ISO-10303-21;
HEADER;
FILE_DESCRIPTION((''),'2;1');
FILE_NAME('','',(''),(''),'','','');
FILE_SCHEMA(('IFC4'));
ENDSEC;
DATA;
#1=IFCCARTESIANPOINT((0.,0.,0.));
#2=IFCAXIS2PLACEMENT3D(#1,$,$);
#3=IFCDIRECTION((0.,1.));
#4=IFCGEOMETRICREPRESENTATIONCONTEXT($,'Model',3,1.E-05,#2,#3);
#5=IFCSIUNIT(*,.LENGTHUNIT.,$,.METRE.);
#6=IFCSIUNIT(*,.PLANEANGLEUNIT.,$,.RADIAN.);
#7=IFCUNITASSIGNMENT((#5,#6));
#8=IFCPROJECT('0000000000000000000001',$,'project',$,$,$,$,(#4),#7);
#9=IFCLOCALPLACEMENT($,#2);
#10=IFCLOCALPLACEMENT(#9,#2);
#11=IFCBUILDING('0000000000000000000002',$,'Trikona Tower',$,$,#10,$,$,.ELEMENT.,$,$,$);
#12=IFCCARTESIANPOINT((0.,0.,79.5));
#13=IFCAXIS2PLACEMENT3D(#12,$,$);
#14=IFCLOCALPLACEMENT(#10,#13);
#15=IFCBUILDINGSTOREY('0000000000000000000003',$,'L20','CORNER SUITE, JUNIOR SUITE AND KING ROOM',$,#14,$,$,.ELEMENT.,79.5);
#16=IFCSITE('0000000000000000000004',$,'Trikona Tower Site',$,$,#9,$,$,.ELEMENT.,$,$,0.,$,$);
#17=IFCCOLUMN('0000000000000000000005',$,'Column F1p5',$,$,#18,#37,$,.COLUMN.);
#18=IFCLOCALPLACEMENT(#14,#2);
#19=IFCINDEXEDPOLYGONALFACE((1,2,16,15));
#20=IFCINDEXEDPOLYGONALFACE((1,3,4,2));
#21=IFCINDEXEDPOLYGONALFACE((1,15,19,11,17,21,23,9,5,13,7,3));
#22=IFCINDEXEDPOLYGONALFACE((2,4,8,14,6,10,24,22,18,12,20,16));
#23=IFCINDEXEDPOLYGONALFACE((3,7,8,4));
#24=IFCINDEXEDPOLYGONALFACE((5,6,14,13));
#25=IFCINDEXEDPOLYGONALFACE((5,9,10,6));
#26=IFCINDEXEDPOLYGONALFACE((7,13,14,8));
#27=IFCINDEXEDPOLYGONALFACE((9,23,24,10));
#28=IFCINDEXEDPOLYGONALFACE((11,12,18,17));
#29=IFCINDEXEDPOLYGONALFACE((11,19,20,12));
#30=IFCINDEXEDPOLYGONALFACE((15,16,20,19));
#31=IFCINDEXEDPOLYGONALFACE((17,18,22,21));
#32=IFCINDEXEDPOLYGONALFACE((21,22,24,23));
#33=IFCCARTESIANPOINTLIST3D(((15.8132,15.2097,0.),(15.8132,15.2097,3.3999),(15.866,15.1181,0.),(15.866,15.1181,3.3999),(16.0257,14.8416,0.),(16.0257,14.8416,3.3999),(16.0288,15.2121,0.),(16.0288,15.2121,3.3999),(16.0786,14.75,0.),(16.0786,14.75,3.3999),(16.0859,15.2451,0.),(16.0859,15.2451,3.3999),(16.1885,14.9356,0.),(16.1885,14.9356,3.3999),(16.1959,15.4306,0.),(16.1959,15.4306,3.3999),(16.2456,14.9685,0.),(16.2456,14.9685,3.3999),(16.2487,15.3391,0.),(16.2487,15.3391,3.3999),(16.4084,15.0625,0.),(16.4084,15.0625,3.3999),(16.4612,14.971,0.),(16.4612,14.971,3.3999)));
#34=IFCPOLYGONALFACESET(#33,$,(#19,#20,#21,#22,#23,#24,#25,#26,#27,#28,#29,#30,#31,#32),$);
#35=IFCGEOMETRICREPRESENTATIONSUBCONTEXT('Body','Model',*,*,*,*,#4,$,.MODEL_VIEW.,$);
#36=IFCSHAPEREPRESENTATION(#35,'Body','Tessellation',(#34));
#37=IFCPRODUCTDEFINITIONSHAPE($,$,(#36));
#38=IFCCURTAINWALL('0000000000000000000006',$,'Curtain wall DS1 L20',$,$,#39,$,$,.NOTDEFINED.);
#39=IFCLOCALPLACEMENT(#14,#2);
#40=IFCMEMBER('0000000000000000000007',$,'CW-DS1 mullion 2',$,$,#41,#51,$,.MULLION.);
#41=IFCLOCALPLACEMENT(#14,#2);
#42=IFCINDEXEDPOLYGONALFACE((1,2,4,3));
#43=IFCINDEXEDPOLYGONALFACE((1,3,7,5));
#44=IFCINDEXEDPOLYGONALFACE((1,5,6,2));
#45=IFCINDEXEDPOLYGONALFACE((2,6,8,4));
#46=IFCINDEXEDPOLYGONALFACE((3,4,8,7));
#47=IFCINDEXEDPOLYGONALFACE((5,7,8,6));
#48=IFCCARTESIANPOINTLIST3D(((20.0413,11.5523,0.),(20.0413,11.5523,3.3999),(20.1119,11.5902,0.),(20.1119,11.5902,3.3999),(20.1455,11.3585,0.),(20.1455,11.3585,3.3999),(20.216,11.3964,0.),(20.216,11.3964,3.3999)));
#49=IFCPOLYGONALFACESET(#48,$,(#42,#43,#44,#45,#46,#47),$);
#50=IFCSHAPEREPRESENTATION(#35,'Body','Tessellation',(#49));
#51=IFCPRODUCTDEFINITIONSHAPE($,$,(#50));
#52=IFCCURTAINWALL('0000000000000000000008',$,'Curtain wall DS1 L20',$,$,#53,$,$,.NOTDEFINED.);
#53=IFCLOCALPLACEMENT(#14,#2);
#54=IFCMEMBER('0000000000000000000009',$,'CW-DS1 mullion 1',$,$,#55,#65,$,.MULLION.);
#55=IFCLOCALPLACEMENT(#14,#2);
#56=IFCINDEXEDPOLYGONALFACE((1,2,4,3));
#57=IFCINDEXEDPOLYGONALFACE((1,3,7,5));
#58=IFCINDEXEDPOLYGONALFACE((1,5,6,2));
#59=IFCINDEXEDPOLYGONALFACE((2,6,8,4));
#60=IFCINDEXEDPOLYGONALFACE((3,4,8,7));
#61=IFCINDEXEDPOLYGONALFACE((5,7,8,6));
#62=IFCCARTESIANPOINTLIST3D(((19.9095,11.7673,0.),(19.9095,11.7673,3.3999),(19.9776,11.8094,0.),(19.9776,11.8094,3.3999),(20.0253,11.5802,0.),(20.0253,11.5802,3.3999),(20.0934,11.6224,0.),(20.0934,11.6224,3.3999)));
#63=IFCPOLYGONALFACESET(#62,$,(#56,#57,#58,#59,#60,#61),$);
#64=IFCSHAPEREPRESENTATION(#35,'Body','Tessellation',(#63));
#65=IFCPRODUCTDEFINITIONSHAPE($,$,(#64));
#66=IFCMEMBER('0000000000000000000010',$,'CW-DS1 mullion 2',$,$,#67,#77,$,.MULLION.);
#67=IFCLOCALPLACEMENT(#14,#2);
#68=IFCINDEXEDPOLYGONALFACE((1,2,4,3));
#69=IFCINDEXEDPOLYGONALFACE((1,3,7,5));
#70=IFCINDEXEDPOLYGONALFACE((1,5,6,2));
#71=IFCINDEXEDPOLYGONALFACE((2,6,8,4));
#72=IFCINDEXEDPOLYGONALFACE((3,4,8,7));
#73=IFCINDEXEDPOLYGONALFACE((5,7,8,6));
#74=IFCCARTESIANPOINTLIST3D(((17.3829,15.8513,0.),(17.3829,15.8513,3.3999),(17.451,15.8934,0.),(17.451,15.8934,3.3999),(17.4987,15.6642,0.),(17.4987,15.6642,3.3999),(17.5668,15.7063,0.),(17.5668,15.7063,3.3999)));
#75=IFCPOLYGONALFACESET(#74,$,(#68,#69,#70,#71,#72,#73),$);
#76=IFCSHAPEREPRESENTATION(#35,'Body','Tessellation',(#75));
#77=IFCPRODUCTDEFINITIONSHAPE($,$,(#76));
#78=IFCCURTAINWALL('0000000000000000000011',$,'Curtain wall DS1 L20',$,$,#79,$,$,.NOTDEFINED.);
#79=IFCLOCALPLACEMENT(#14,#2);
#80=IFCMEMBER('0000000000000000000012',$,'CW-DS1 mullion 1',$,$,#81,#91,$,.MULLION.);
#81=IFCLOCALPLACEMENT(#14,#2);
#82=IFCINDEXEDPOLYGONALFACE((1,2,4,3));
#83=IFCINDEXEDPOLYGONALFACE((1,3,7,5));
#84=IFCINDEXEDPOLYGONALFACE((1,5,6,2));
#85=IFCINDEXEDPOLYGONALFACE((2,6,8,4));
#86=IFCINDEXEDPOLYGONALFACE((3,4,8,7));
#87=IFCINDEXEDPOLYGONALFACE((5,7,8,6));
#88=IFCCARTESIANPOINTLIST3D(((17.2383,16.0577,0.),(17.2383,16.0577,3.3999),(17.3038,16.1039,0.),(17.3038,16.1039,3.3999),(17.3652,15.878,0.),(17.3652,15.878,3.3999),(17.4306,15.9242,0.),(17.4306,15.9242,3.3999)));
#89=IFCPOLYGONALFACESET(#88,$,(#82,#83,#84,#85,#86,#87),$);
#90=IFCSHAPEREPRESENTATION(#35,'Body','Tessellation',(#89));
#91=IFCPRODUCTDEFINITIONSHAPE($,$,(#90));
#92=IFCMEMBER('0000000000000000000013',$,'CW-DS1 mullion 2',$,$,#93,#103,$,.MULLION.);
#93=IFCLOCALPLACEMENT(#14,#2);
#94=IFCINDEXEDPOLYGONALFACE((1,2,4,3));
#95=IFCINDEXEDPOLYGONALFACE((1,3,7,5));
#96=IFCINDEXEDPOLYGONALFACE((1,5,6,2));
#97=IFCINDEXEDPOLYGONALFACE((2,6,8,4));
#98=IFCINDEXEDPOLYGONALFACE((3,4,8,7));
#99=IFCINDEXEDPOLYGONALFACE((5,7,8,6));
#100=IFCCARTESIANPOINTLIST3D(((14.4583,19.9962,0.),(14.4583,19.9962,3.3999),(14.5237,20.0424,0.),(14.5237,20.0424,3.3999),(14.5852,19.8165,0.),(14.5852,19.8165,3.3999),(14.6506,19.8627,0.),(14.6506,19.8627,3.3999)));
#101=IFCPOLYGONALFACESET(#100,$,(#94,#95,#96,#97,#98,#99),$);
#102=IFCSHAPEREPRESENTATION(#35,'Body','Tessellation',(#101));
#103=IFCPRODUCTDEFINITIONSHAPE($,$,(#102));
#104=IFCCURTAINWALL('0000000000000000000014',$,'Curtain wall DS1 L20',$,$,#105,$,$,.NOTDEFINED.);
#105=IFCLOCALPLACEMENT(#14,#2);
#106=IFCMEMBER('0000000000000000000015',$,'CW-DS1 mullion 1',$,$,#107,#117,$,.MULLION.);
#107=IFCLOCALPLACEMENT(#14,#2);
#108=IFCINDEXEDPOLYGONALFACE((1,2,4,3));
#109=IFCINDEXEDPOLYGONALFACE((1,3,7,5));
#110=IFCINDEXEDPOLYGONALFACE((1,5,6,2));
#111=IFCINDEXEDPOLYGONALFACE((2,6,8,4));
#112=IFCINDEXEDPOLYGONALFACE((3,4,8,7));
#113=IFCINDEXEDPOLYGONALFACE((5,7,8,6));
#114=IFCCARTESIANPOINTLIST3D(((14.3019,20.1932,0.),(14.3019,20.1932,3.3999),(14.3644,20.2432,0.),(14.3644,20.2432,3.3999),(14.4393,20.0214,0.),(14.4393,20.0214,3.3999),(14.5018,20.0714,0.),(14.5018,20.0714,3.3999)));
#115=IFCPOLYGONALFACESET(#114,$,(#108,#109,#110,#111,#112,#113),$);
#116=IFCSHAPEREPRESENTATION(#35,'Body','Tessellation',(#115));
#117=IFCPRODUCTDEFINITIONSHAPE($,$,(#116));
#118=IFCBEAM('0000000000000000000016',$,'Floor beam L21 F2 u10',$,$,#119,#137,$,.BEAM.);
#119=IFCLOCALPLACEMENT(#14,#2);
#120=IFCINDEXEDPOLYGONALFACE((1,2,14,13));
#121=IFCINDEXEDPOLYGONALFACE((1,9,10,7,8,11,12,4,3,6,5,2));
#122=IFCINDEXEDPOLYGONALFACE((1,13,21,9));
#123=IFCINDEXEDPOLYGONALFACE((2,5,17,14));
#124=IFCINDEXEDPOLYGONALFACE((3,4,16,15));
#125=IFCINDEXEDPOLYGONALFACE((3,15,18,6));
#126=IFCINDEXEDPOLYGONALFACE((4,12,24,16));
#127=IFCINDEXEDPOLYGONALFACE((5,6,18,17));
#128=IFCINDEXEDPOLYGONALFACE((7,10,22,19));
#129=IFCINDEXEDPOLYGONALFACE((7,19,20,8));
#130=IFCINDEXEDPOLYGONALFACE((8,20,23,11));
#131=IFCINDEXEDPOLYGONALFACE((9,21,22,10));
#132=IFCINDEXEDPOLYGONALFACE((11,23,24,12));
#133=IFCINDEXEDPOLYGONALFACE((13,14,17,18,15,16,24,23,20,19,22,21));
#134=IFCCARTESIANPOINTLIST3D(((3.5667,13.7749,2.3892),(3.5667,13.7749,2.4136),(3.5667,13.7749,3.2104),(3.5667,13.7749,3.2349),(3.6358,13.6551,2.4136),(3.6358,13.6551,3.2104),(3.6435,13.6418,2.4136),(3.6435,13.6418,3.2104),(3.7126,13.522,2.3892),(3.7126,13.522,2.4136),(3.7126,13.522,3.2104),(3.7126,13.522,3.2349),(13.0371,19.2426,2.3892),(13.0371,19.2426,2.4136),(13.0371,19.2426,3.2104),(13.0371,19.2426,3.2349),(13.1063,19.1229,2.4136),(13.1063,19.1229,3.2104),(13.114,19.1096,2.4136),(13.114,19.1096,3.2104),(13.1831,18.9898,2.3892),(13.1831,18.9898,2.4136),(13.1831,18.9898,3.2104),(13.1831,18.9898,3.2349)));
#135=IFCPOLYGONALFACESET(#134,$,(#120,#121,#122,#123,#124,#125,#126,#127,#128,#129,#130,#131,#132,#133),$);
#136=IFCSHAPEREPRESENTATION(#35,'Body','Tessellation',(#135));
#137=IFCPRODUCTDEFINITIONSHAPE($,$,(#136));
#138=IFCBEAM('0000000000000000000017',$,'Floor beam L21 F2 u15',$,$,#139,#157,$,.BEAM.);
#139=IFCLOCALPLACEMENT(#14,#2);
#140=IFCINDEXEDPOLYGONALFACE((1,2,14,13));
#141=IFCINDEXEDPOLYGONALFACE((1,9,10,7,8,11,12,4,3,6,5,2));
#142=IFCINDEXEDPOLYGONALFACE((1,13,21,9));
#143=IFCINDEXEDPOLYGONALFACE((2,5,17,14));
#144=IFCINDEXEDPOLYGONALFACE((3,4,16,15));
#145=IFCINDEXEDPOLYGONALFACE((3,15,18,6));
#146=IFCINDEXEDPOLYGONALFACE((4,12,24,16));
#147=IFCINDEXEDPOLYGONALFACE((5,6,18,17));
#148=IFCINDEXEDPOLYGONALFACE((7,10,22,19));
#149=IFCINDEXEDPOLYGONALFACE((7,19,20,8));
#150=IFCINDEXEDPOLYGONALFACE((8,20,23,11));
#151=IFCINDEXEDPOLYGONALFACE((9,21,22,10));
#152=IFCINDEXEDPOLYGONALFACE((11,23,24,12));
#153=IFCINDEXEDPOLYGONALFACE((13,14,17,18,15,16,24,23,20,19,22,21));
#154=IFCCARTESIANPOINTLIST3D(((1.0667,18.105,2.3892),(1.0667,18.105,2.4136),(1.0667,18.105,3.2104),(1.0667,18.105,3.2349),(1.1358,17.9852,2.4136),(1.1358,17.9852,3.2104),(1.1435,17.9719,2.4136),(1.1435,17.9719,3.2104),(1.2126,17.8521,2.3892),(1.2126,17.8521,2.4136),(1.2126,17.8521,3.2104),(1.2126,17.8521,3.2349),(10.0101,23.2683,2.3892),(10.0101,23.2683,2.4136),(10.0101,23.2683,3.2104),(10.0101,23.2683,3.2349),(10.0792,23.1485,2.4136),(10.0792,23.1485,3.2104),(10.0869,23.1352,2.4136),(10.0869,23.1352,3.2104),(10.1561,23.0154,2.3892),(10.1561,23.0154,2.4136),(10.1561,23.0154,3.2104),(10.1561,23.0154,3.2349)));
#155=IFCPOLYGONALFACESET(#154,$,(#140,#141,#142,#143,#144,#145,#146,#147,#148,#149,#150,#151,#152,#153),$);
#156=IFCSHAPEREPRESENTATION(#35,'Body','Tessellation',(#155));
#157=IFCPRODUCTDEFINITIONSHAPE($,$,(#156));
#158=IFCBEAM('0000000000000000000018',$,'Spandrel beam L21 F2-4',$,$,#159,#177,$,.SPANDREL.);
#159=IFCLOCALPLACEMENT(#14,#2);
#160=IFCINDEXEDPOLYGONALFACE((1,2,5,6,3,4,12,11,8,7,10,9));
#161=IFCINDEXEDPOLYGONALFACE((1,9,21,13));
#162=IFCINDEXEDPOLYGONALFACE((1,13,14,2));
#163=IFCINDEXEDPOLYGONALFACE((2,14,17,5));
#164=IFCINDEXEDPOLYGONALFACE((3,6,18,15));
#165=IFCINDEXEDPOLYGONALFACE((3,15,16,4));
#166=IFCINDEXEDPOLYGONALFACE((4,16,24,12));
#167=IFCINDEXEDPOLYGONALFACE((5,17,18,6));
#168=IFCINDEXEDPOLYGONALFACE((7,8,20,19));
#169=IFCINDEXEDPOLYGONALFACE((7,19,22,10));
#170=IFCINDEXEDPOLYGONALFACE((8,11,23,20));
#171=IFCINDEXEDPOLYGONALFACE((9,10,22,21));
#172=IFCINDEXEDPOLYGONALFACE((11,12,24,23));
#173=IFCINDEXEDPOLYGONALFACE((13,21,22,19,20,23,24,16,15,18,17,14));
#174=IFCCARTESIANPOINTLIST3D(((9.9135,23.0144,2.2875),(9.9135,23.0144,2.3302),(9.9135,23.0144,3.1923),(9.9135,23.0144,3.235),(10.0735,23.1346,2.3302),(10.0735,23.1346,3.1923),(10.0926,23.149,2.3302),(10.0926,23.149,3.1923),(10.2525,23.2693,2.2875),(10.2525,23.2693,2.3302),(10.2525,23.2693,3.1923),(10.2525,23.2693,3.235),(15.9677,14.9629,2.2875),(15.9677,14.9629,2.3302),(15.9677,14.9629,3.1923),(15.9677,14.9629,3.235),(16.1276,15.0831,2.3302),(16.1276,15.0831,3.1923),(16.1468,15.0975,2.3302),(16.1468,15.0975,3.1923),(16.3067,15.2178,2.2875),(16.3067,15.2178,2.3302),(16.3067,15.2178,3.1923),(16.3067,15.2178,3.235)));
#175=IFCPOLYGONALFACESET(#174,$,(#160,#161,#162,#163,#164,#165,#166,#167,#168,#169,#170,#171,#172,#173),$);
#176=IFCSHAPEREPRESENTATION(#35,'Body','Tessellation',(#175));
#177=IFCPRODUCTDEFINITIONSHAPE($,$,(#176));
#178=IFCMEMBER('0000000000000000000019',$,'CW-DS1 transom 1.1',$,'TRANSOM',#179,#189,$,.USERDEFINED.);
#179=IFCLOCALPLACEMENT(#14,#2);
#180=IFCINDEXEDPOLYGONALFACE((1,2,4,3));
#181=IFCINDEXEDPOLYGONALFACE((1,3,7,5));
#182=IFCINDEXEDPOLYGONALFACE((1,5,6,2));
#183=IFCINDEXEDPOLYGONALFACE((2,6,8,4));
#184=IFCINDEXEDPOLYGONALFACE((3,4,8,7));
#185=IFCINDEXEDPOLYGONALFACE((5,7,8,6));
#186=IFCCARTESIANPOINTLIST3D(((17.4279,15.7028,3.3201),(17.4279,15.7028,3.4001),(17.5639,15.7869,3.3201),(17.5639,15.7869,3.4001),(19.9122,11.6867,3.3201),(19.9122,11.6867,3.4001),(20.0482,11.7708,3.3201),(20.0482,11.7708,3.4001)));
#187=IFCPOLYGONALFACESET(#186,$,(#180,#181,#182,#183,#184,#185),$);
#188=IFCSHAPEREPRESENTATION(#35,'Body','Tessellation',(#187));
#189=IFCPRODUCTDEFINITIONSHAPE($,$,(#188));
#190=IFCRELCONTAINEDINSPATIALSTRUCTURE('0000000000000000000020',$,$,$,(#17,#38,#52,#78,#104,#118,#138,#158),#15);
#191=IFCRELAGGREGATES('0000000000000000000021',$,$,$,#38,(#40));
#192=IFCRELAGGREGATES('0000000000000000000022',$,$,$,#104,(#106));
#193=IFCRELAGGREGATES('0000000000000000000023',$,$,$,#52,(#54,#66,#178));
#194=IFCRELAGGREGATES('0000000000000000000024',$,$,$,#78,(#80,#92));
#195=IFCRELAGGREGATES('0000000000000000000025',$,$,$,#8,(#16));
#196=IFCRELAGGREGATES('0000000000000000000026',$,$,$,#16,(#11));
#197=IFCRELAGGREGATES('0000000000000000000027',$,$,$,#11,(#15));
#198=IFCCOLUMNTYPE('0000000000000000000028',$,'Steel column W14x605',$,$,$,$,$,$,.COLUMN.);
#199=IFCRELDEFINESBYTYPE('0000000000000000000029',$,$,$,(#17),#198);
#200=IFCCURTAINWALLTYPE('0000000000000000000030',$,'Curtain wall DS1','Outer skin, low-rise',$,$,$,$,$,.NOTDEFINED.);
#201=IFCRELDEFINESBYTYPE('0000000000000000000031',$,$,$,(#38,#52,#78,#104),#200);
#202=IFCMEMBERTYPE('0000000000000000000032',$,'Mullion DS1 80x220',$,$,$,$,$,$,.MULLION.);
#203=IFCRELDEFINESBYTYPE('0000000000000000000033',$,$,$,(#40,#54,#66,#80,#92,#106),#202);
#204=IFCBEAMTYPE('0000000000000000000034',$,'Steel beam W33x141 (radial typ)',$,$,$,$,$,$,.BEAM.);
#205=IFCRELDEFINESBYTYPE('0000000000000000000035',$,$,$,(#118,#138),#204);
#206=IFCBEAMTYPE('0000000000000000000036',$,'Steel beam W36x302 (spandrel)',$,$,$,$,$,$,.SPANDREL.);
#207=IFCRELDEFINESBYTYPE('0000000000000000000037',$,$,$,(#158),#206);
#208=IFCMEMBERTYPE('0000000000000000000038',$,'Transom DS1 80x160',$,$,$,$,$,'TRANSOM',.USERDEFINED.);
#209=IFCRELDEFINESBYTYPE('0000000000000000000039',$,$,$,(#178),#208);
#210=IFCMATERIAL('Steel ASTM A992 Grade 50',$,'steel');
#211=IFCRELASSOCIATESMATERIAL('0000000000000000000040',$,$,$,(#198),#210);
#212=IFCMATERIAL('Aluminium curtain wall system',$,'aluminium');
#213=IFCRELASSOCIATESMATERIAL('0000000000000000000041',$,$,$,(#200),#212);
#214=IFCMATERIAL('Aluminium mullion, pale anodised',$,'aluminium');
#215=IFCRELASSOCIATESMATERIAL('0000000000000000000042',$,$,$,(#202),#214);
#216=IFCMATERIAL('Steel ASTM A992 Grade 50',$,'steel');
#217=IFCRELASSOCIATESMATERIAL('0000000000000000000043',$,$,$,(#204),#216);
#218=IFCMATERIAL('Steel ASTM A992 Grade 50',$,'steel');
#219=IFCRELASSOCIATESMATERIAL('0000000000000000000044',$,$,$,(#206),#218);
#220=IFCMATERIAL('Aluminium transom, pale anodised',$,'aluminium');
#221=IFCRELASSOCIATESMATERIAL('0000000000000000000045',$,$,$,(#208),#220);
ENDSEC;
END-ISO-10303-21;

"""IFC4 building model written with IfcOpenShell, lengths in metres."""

from ifc_helpers import new_model, si_unit, direction, frame, origin, origin_2d, place, context, subcontext, project, spatial, rectangle, i_section, extrude, material, material_profile, profile_set, type_object, element, aggregate, save


model = new_model("IFC4")

# Units and contexts
model_context = context("Model", 3, precision=1e-05, world=origin(), true_north=direction((0.0, 1.0)))
body_context = subcontext(model_context, "Body", "Model", "MODEL_VIEW")
ifc_project = project(units=[si_unit("LENGTHUNIT", "METRE"), si_unit("PLANEANGLEUNIT", "RADIAN")], contexts=[model_context])

# Site, building, storey
site_placement = place(None, origin())
site = spatial("IfcSite", under=ifc_project, at=site_placement, Name="Trikona Tower Site", CompositionType="ELEMENT", RefElevation=0.0)
building_placement = place(site_placement, origin())
building = spatial("IfcBuilding", under=site, at=building_placement, Name="Trikona Tower", CompositionType="ELEMENT")
storey_placement = place(building_placement, frame((0.0, 0.0, 79.5)))
storey = spatial("IfcBuildingStorey", under=building, at=storey_placement, Name="L20", Description="CORNER SUITE, JUNIOR SUITE AND KING ROOM", CompositionType="ELEMENT", Elevation=79.5)

# Column
ifc_material_1 = material(Name="Steel ASTM A992 Grade 50", Category="steel")
ifc_material_profile_1 = material_profile(ifc_material_1, i_section(OverallWidth=0.4419, OverallDepth=0.5308, WebThickness=0.0659, FlangeThickness=0.1057, at=origin_2d()), Name="W14X605")
ifc_profile_set_1 = profile_set([ifc_material_profile_1], Name="Steel ASTM A992 Grade 50")
column_type = type_object("IfcColumnType", Name="Steel column W14x605", PredefinedType="COLUMN", material=ifc_profile_set_1)
column_placement = place(storey_placement, frame((16.1372, 15.0903, 0.0), z_axis=(0.0, 0.0, 1.0), x_axis=(0.866025, 0.5, 0.0)))
element("IfcColumn", 1, at=column_placement, inside=storey, type_object=column_type, Name="Column F1p5", PredefinedType="COLUMN", context=body_context, shape_type="SweptSolid", body=[
    extrude(i_section(OverallWidth=0.4419, OverallDepth=0.5308, WebThickness=0.0659, FlangeThickness=0.1057, at=origin_2d()), origin(), (0.0, 0.0, 1.0), 3.3999),
])

# Curtain wall, member
ifc_material_2 = material(Name="Aluminium curtain wall system", Category="aluminium")
curtain_wall_type = type_object("IfcCurtainWallType", Name="Curtain wall DS1", Description="Outer skin, low-rise", PredefinedType="NOTDEFINED", material=ifc_material_2)
curtain_wall_1_placement = place(storey_placement, origin())
curtain_wall_1 = element("IfcCurtainWall", 2, at=curtain_wall_1_placement, inside=storey, type_object=curtain_wall_type, Name="Curtain wall DS1 L20", PredefinedType="NOTDEFINED")
ifc_material_3 = material(Name="Aluminium mullion, pale anodised", Category="aluminium")
ifc_material_profile_2 = material_profile(ifc_material_3, rectangle(XDim=0.0801, YDim=0.22, at=origin_2d()), Name="MUL-DS1")
ifc_profile_set_2 = profile_set([ifc_material_profile_2], Name="Aluminium mullion, pale anodised")
member_type_1 = type_object("IfcMemberType", Name="Mullion DS1 80x220", PredefinedType="MULLION", material=ifc_profile_set_2)
member_1_placement = place(storey_placement, frame((20.1287, 11.4744, 0.0), z_axis=(0.0, 0.0, 1.0), x_axis=(-0.880843, -0.473408, 0.0)))
member_1 = element("IfcMember", 3, at=member_1_placement, type_object=member_type_1, Name="CW-DS1 mullion 2", PredefinedType="MULLION", context=body_context, shape_type="SweptSolid", body=[
    extrude(rectangle(XDim=0.0801, YDim=0.22, at=origin_2d()), origin(), (0.0, 0.0, 1.0), 3.3999),
])
aggregate(curtain_wall_1, [member_1])

# Curtain walls, members
curtain_wall_2_placement = place(storey_placement, origin())
curtain_wall_2 = element("IfcCurtainWall", 4, at=curtain_wall_2_placement, inside=storey, type_object=curtain_wall_type, Name="Curtain wall DS1 L20", PredefinedType="NOTDEFINED")
member_2_placement = place(storey_placement, frame((20.0015, 11.6948, 0.0), z_axis=(0.0, 0.0, 1.0), x_axis=(-0.85041, -0.52612, 0.0)))
member_2 = element("IfcMember", 5, at=member_2_placement, type_object=member_type_1, Name="CW-DS1 mullion 1", PredefinedType="MULLION", context=body_context, shape_type="SweptSolid", body=[
    extrude(rectangle(XDim=0.0801, YDim=0.22, at=origin_2d()), origin(), (0.0, 0.0, 1.0), 3.3999),
])
member_3_placement = place(storey_placement, frame((17.4749, 15.7788, 0.0), z_axis=(0.0, 0.0, 1.0), x_axis=(-0.85041, -0.52612, 0.0)))
member_3 = element("IfcMember", 6, at=member_3_placement, type_object=member_type_1, Name="CW-DS1 mullion 2", PredefinedType="MULLION", context=body_context, shape_type="SweptSolid", body=[
    extrude(rectangle(XDim=0.0801, YDim=0.22, at=origin_2d()), origin(), (0.0, 0.0, 1.0), 3.3999),
])
curtain_wall_3_placement = place(storey_placement, origin())
curtain_wall_3 = element("IfcCurtainWall", 7, at=curtain_wall_3_placement, inside=storey, type_object=curtain_wall_type, Name="Curtain wall DS1 L20", PredefinedType="NOTDEFINED")
member_4_placement = place(storey_placement, frame((17.3345, 15.991, 0.0), z_axis=(0.0, 0.0, 1.0), x_axis=(-0.816985, -0.576658, 0.0)))
member_4 = element("IfcMember", 8, at=member_4_placement, type_object=member_type_1, Name="CW-DS1 mullion 1", PredefinedType="MULLION", context=body_context, shape_type="SweptSolid", body=[
    extrude(rectangle(XDim=0.0801, YDim=0.22, at=origin_2d()), origin(), (0.0, 0.0, 1.0), 3.3999),
])
member_5_placement = place(storey_placement, frame((14.5544, 19.9294, 0.0), z_axis=(0.0, 0.0, 1.0), x_axis=(-0.816985, -0.576658, 0.0)))
member_5 = element("IfcMember", 9, at=member_5_placement, type_object=member_type_1, Name="CW-DS1 mullion 2", PredefinedType="MULLION", context=body_context, shape_type="SweptSolid", body=[
    extrude(rectangle(XDim=0.0801, YDim=0.22, at=origin_2d()), origin(), (0.0, 0.0, 1.0), 3.3999),
])

# Curtain wall, member
curtain_wall_4_placement = place(storey_placement, origin())
curtain_wall_4 = element("IfcCurtainWall", 10, at=curtain_wall_4_placement, inside=storey, type_object=curtain_wall_type, Name="Curtain wall DS1 L20", PredefinedType="NOTDEFINED")
member_6_placement = place(storey_placement, frame((14.4019, 20.1323, 0.0), z_axis=(0.0, 0.0, 1.0), x_axis=(-0.780938, -0.624609, 0.0)))
member_6 = element("IfcMember", 11, at=member_6_placement, type_object=member_type_1, Name="CW-DS1 mullion 1", PredefinedType="MULLION", context=body_context, shape_type="SweptSolid", body=[
    extrude(rectangle(XDim=0.0801, YDim=0.22, at=origin_2d()), origin(), (0.0, 0.0, 1.0), 3.3999),
])
aggregate(curtain_wall_4, [member_6])

# Beams
ifc_material_4 = material(Name="Steel ASTM A992 Grade 50", Category="steel")
ifc_material_profile_3 = material_profile(ifc_material_4, i_section(OverallWidth=0.292, OverallDepth=0.8457, WebThickness=0.0154, FlangeThickness=0.0244, at=origin_2d()), Name="W33X141")
ifc_profile_set_3 = profile_set([ifc_material_profile_3], Name="Steel ASTM A992 Grade 50")
beam_type_1 = type_object("IfcBeamType", Name="Steel beam W33x141 (radial typ)", PredefinedType="BEAM", material=ifc_profile_set_3)
beam_1_placement = place(storey_placement, frame((3.6396, 13.6484, 2.812), z_axis=(0.866025, 0.5, 0.0), x_axis=(-0.5, 0.866025, 0.0)))
element("IfcBeam", 12, at=beam_1_placement, inside=storey, type_object=beam_type_1, Name="Floor beam L21 F2 u10", PredefinedType="BEAM", context=body_context, shape_type="SweptSolid", body=[
    extrude(i_section(OverallWidth=0.292, OverallDepth=0.8457, WebThickness=0.0154, FlangeThickness=0.0244, at=origin_2d()), origin(), (0.0, 0.0, 1.0), 10.9355),
])
beam_2_placement = place(storey_placement, frame((1.1396, 17.9785, 2.812), z_axis=(0.86603, 0.499991, 0.0), x_axis=(-0.499991, 0.86603, 0.0)))
element("IfcBeam", 13, at=beam_2_placement, inside=storey, type_object=beam_type_1, Name="Floor beam L21 F2 u15", PredefinedType="BEAM", context=body_context, shape_type="SweptSolid", body=[
    extrude(i_section(OverallWidth=0.292, OverallDepth=0.8457, WebThickness=0.0154, FlangeThickness=0.0244, at=origin_2d()), origin(), (0.0, 0.0, 1.0), 10.3269),
])
ifc_material_5 = material(Name="Steel ASTM A992 Grade 50", Category="steel")
ifc_material_profile_4 = material_profile(ifc_material_5, i_section(OverallWidth=0.4241, OverallDepth=0.9475, WebThickness=0.0239, FlangeThickness=0.0427, at=origin_2d()), Name="W36X302")
ifc_profile_set_4 = profile_set([ifc_material_profile_4], Name="Steel ASTM A992 Grade 50")
beam_type_2 = type_object("IfcBeamType", Name="Steel beam W36x302 (spandrel)", PredefinedType="SPANDREL", material=ifc_profile_set_4)
beam_3_placement = place(storey_placement, frame((16.1372, 15.0903, 2.7612), z_axis=(-0.600988, 0.799258, 0.0), x_axis=(-0.799258, -0.600988, 0.0)))
element("IfcBeam", 14, at=beam_3_placement, inside=storey, type_object=beam_type_2, Name="Spandrel beam L21 F2-4", PredefinedType="SPANDREL", context=body_context, shape_type="SweptSolid", body=[
    extrude(i_section(OverallWidth=0.4241, OverallDepth=0.9475, WebThickness=0.0239, FlangeThickness=0.0427, at=origin_2d()), origin(), (0.0, 0.0, 1.0), 10.0737),
])

# Member
ifc_material_6 = material(Name="Aluminium transom, pale anodised", Category="aluminium")
ifc_material_profile_5 = material_profile(ifc_material_6, rectangle(XDim=0.1599, YDim=0.0801, at=origin_2d()), Name="TRN-DS1")
ifc_profile_set_5 = profile_set([ifc_material_profile_5], Name="Aluminium transom, pale anodised")
member_type_2 = type_object("IfcMemberType", Name="Transom DS1 80x160", ElementType="TRANSOM", PredefinedType="USERDEFINED", material=ifc_profile_set_5)
member_7_placement = place(storey_placement, frame((19.9802, 11.7288, 3.3601), z_axis=(-0.526081, 0.850435, 0.0), x_axis=(-0.850435, -0.526081, 0.0)))
member_7 = element("IfcMember", 15, at=member_7_placement, type_object=member_type_2, Name="CW-DS1 transom 1.1", ObjectType="TRANSOM", PredefinedType="USERDEFINED", context=body_context, shape_type="SweptSolid", body=[
    extrude(rectangle(XDim=0.1599, YDim=0.0801, at=origin_2d()), origin(), (0.0, 0.0, 1.0), 4.7224),
])

aggregate(curtain_wall_2, [member_2, member_3, member_7])
aggregate(curtain_wall_3, [member_4, member_5])

save(model, "model.ifc")
